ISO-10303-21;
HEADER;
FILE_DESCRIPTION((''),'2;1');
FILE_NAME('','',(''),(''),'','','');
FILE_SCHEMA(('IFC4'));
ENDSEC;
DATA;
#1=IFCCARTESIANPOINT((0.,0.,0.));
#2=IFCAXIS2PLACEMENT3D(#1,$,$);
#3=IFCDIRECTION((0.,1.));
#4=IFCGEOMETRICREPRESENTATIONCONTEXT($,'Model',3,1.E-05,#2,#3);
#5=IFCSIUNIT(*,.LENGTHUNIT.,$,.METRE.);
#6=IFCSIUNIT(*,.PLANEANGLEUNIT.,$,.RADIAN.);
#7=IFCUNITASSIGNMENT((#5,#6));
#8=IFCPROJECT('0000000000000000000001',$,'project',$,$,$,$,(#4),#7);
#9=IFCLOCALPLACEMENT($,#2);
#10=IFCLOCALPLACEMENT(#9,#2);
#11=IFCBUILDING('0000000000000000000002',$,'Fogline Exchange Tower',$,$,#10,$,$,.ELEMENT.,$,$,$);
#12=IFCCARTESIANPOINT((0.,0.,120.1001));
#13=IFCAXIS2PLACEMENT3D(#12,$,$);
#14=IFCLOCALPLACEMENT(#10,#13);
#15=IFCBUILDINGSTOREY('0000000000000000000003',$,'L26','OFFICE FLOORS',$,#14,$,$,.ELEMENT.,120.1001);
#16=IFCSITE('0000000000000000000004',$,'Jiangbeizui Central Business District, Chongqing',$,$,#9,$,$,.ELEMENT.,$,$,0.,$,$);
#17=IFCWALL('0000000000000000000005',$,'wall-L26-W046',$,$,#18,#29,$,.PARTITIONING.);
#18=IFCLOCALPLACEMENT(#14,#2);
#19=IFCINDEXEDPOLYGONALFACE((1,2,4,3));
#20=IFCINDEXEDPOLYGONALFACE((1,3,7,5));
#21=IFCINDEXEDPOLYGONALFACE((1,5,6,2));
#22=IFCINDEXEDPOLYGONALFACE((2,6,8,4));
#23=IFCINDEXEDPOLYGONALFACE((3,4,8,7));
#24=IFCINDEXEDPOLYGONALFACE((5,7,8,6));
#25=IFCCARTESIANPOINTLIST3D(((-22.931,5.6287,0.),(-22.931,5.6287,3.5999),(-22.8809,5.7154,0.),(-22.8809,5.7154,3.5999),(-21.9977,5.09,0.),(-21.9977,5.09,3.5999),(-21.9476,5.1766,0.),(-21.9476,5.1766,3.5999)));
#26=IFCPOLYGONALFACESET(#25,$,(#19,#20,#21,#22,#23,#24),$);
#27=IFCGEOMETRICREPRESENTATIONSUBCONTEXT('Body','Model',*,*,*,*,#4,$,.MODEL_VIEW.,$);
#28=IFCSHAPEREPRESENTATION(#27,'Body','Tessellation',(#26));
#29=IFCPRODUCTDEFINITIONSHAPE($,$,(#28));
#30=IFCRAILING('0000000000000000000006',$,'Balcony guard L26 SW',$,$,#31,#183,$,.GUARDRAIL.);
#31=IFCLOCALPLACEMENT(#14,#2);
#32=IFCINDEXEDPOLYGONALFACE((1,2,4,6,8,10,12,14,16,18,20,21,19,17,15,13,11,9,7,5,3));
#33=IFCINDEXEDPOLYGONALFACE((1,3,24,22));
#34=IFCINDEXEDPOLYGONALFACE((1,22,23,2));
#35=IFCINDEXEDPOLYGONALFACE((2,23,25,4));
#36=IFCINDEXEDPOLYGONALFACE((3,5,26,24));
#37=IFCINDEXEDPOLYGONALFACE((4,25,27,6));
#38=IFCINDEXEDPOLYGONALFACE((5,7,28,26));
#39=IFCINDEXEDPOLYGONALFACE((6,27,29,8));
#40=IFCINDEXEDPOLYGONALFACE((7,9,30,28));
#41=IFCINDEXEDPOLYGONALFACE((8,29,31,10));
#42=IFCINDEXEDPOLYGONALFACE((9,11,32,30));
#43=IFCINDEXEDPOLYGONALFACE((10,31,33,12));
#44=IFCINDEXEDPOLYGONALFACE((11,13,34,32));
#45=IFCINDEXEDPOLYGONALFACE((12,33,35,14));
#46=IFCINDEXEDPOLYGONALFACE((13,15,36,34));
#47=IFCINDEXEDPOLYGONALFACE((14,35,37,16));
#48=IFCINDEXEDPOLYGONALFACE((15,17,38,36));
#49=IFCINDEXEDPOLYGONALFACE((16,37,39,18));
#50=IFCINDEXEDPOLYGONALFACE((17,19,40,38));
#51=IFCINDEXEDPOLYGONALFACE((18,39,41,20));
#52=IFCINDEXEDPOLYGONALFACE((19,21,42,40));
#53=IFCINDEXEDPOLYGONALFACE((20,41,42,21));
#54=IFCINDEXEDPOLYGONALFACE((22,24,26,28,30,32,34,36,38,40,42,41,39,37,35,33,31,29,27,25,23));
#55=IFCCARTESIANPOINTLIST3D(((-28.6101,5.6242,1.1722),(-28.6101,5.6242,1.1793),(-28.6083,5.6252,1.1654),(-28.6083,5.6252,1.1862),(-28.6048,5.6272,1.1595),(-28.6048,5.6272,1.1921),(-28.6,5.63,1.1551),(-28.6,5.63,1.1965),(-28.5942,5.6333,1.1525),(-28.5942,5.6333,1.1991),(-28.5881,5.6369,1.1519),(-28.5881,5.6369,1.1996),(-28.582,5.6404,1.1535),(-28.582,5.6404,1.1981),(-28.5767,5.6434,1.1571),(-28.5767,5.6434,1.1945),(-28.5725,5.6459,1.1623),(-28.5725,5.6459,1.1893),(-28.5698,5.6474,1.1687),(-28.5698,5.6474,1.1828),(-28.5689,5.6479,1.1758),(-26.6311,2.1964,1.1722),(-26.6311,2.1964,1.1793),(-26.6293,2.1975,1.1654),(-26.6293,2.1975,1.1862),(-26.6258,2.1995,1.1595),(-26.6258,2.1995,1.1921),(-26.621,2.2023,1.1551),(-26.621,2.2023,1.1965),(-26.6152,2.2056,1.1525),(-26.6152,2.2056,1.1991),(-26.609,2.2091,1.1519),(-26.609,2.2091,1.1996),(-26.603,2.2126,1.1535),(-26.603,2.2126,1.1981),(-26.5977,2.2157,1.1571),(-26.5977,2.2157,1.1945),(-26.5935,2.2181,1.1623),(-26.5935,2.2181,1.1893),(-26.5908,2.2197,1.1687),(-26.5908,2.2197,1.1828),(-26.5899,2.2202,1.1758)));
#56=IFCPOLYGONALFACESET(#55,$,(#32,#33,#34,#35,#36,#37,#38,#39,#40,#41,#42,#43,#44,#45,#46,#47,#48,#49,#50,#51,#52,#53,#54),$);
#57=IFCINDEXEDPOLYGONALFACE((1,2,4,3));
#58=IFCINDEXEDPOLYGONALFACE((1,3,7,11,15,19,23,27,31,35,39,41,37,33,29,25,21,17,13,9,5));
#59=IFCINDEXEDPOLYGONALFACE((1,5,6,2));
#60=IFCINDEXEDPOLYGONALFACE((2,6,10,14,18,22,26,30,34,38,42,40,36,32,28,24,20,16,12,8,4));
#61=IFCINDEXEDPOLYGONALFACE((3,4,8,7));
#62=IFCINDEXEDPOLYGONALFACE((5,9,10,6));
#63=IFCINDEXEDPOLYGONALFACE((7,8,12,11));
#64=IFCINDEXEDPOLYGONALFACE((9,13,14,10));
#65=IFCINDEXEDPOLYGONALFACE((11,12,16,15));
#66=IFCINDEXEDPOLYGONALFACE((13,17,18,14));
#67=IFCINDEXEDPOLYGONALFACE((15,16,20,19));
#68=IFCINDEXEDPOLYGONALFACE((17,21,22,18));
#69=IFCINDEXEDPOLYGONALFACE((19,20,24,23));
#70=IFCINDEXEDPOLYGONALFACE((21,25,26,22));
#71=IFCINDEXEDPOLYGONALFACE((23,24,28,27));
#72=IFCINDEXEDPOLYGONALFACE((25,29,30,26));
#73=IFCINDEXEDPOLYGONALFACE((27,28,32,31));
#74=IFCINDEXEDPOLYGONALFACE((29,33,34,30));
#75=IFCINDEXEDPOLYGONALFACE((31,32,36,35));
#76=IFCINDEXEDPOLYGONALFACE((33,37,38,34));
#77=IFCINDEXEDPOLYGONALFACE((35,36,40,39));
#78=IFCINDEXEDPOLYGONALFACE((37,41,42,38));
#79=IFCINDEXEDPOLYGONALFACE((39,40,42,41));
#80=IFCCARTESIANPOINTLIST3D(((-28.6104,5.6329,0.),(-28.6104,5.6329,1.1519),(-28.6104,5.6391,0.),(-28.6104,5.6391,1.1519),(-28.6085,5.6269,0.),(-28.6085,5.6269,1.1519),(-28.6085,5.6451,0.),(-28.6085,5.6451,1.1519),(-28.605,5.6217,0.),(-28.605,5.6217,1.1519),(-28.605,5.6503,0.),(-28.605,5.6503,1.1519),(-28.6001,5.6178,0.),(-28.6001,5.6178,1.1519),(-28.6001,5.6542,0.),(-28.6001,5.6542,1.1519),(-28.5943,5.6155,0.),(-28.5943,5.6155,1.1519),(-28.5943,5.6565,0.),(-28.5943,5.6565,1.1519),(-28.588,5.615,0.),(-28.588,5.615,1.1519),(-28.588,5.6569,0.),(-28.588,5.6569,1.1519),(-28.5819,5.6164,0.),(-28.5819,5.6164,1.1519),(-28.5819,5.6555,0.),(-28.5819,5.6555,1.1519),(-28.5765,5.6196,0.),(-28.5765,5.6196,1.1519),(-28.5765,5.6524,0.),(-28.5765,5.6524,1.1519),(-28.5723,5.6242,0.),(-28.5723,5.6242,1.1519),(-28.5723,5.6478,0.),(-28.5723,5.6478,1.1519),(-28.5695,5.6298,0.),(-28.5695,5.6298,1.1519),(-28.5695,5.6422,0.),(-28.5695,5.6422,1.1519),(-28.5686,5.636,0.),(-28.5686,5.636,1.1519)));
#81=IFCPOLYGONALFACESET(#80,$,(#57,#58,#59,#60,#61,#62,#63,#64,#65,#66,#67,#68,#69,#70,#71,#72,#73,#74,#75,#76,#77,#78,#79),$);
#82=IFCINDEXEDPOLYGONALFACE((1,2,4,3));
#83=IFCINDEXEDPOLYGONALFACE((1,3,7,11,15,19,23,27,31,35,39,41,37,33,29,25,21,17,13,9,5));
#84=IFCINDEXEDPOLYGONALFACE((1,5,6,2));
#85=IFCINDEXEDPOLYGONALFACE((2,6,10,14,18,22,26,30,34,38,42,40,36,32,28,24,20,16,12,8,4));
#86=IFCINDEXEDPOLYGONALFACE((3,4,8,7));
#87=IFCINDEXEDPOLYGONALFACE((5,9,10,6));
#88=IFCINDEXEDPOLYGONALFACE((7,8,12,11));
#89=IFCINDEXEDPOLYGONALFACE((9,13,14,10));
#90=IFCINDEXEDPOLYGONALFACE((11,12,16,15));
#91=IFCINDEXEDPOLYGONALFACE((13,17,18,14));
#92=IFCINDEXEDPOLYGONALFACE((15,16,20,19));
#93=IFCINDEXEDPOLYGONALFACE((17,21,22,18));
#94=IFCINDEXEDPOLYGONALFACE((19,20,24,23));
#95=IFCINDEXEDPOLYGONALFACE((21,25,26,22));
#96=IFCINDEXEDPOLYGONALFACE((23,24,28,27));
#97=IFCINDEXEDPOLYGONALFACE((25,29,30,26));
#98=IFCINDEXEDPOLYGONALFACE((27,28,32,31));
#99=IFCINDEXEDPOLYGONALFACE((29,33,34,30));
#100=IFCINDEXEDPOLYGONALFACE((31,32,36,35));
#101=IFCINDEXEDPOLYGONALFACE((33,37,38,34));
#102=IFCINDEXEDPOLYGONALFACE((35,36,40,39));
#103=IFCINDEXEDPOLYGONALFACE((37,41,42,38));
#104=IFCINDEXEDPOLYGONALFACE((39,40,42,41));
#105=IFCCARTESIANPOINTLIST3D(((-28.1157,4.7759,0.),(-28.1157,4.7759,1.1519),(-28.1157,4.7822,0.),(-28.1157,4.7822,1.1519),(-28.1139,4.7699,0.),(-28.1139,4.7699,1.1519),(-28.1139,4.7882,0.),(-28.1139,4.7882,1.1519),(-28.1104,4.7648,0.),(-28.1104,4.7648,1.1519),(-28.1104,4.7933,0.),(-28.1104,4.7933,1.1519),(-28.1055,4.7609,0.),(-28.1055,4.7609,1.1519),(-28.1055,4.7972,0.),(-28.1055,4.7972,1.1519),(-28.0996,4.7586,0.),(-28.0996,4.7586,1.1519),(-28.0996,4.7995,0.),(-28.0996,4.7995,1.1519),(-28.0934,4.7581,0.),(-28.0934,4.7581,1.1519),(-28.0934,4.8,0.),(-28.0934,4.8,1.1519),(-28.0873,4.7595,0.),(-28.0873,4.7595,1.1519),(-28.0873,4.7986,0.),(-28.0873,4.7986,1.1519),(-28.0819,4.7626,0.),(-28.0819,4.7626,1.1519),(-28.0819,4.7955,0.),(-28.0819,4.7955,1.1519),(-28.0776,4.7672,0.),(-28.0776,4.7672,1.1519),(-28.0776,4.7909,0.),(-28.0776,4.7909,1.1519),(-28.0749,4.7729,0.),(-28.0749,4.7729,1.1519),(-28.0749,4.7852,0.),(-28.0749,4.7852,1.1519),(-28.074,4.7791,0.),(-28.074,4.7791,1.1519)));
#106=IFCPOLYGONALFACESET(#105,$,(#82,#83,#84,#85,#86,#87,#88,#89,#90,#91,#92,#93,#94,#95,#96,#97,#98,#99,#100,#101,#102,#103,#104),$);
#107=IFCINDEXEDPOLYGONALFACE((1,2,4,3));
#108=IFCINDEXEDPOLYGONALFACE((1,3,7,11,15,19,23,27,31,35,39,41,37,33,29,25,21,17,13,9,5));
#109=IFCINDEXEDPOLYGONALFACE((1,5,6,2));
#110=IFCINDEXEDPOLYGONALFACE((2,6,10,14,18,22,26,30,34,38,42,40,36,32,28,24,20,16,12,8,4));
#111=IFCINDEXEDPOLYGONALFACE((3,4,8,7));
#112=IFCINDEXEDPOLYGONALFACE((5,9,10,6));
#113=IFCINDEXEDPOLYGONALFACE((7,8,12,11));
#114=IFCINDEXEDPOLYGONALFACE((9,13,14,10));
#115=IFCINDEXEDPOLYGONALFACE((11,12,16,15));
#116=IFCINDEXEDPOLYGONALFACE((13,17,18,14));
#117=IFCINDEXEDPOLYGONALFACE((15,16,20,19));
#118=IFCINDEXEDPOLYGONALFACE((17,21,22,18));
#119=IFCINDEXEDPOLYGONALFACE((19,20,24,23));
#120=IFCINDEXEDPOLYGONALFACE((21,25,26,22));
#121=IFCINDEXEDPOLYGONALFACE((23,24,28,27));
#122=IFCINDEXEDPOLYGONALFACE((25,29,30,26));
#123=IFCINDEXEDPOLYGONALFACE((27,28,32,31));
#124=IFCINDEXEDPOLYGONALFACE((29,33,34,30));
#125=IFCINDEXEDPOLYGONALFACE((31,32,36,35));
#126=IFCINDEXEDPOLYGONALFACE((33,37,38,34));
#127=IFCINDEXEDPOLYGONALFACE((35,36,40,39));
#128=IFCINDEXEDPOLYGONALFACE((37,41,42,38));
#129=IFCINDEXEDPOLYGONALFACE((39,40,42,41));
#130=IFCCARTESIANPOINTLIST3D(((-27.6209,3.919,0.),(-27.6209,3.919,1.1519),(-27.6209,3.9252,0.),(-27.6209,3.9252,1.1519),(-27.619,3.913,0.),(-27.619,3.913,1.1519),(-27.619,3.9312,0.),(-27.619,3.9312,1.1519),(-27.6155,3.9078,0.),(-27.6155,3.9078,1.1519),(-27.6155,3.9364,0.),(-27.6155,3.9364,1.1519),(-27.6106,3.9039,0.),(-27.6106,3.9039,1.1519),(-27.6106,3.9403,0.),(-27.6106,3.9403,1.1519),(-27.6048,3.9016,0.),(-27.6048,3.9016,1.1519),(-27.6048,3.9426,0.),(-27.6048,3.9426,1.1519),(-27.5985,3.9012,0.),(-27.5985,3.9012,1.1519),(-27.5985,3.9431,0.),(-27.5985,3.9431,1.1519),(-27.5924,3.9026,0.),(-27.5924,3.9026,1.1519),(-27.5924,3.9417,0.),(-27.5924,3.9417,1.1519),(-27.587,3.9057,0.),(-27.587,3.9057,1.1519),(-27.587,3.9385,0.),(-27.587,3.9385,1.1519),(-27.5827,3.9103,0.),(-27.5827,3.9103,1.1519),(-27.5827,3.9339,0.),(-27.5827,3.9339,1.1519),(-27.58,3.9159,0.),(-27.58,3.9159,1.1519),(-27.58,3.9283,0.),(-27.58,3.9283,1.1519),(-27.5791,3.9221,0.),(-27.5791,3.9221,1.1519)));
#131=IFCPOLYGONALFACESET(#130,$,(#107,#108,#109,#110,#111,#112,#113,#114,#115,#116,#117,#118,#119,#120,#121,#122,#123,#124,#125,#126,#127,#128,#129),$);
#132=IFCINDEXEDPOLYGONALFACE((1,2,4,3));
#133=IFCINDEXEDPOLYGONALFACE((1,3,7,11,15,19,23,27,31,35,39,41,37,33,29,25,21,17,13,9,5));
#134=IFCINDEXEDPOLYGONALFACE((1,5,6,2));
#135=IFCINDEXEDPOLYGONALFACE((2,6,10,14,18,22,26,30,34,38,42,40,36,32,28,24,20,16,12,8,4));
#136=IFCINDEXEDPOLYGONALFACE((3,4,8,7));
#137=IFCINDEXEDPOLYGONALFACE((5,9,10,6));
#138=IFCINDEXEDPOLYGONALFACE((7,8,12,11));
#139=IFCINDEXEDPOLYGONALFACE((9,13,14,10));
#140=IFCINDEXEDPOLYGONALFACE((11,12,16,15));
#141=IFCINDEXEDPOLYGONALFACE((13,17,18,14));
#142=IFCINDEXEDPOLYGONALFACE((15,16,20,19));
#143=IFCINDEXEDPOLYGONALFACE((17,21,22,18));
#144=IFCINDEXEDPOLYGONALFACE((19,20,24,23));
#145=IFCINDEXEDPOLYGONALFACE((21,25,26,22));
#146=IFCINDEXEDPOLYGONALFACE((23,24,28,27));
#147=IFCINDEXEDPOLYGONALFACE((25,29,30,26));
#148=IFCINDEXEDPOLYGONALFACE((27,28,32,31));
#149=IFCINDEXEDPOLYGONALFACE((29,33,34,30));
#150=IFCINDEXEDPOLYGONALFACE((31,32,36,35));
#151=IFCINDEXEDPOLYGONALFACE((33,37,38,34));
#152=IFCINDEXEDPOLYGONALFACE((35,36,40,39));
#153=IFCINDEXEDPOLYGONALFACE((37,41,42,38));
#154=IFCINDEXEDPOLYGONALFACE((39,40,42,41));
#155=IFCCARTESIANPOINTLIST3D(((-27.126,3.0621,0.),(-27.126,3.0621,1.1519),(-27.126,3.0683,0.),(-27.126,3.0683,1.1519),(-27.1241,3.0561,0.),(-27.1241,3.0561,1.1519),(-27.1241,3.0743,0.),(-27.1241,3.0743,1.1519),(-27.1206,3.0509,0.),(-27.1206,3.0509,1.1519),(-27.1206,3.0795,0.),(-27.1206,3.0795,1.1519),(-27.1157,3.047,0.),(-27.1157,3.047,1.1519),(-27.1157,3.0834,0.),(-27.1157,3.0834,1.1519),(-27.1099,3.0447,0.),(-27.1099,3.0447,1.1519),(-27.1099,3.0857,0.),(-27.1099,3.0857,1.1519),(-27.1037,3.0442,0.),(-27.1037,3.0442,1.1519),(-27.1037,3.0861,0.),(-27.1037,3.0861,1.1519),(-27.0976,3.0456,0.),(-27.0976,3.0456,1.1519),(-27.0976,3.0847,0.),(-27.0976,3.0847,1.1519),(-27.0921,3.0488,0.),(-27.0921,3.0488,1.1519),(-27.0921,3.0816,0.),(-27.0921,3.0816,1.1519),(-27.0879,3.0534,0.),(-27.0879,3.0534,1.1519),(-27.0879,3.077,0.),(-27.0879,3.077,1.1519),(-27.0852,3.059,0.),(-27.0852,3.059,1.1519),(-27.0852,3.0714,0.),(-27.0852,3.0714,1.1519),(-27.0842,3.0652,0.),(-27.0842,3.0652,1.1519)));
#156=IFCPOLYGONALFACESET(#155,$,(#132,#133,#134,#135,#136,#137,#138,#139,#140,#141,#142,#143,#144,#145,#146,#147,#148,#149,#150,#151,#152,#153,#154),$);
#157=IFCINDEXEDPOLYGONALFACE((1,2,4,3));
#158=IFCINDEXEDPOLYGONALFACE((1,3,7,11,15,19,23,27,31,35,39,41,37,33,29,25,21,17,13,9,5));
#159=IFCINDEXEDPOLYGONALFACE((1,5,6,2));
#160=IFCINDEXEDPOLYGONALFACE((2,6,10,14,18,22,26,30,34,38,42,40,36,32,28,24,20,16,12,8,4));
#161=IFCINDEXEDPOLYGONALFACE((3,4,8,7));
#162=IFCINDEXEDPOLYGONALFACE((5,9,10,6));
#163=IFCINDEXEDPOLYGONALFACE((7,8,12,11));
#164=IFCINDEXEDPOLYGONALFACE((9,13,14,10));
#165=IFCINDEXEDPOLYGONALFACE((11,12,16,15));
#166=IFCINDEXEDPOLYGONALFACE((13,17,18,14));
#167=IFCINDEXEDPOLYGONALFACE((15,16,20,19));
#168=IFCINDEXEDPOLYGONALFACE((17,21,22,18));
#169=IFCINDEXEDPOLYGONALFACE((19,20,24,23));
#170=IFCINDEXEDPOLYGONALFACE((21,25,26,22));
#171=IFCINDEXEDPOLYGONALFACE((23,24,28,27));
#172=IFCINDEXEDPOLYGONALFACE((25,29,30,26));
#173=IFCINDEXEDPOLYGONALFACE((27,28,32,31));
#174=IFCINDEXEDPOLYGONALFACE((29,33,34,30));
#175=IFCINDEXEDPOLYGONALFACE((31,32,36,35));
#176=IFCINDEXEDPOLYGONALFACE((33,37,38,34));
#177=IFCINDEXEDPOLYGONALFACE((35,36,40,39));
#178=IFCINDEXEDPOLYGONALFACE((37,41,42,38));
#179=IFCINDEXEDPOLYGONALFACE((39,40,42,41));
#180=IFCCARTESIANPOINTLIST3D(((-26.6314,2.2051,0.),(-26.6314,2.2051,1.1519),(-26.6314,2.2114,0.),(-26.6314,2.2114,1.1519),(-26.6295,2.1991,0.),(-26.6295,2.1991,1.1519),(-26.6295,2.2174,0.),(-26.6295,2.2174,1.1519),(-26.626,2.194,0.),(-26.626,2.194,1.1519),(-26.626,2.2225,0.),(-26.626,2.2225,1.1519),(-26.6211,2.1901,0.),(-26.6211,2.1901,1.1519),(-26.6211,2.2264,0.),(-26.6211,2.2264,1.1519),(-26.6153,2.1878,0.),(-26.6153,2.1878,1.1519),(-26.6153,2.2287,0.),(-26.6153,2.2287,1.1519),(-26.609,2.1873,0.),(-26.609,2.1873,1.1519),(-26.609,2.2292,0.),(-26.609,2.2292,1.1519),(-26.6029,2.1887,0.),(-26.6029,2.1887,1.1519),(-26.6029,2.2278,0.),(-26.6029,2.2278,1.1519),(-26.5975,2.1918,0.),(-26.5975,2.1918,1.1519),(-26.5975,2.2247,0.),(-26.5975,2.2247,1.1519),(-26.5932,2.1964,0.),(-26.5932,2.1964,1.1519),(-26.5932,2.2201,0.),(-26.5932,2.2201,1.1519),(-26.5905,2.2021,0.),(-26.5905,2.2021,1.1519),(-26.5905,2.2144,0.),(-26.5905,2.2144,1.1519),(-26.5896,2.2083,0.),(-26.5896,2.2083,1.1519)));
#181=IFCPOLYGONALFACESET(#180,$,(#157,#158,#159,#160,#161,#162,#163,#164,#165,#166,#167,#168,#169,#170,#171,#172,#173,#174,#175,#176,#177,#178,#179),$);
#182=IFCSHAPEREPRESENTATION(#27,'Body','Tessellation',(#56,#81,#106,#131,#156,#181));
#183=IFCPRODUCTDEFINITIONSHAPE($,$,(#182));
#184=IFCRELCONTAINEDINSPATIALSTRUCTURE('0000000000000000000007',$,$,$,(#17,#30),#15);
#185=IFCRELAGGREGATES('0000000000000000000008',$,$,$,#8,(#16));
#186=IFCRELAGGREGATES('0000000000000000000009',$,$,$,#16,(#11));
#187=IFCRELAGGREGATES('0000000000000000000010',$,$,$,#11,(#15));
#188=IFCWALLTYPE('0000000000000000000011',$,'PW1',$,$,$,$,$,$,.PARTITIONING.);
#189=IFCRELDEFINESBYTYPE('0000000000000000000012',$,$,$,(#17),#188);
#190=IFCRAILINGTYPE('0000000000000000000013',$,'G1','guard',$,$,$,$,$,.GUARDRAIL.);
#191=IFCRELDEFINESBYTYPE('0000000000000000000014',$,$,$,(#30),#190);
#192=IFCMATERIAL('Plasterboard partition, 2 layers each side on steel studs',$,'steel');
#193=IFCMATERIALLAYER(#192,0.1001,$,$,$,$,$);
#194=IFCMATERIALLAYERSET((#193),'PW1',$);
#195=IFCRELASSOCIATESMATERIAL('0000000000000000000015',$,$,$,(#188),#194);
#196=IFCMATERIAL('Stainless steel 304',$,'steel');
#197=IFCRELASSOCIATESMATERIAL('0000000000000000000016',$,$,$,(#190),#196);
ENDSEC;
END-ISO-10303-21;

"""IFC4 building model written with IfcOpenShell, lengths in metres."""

from ifc_helpers import new_model, si_unit, direction, frame, frame_2d, origin, origin_2d, place, context, subcontext, project, spatial, rectangle, circle, extrude, material, layer, layer_set, type_object, element, save


model = new_model("IFC4")

# Units and contexts
model_context = context("Model", 3, precision=1e-05, world=origin(), true_north=direction((0.0, 1.0)))
body_context = subcontext(model_context, "Body", "Model", "MODEL_VIEW")
ifc_project = project(units=[si_unit("LENGTHUNIT", "METRE"), si_unit("PLANEANGLEUNIT", "RADIAN")], contexts=[model_context])

# Site, building, storey
site_placement = place(None, origin())
site = spatial("IfcSite", under=ifc_project, at=site_placement, Name="Jiangbeizui Central Business District, Chongqing", CompositionType="ELEMENT", RefElevation=0.0)
building_placement = place(site_placement, origin())
building = spatial("IfcBuilding", under=site, at=building_placement, Name="Fogline Exchange Tower", CompositionType="ELEMENT")
storey_placement = place(building_placement, frame((0.0, 0.0, 120.1001)))
storey = spatial("IfcBuildingStorey", under=building, at=storey_placement, Name="L26", Description="OFFICE FLOORS", CompositionType="ELEMENT", Elevation=120.1001)

# Wall
ifc_material_1 = material(Name="Plasterboard partition, 2 layers each side on steel studs", Category="steel")
ifc_layer_1 = layer(ifc_material_1, 0.1001)
ifc_layer_set_1 = layer_set([ifc_layer_1], Name="PW1")
wall_type_1 = type_object("IfcWallType", Name="PW1", PredefinedType="PARTITIONING", material=ifc_layer_set_1)
wall_1_placement = place(storey_placement, frame((-21.9727, 5.1333, 0.0), z_axis=(0.0, 0.0, 1.0), x_axis=(-0.866046, 0.499964, 0.0)))
element("IfcWall", 1, at=wall_1_placement, inside=storey, type_object=wall_type_1, Name="wall-L26-W046", PredefinedType="PARTITIONING", context=body_context, shape_type="SweptSolid", body=[
    extrude(rectangle(XDim=1.0776, YDim=0.1001, at=frame_2d((0.5388, 0.0))), origin(), (0.0, 0.0, 1.0), 3.5999),
])

# Railing
ifc_material_2 = material(Name="Stainless steel 304", Category="steel")
railing_type = type_object("IfcRailingType", Name="G1", Description="guard", PredefinedType="GUARDRAIL", material=ifc_material_2)
railing_placement = place(storey_placement, frame((-28.5896, 5.636, 0.0)))
element("IfcRailing", 2, at=railing_placement, inside=storey, type_object=railing_type, Name="Balcony guard L26 SW", PredefinedType="GUARDRAIL", context=body_context, shape_type="SweptSolid", body=[
    extrude(circle(Radius=0.0239, at=origin_2d()), frame((0.0, 0.0, 1.1758), z_axis=(0.5, -0.866025, 0.0), x_axis=(0.866025, 0.5, 0.0)), (0.0, 0.0, 1.0), 3.958),
    extrude(circle(Radius=0.021, at=origin_2d()), origin(), (0.0, 0.0, 1.0), 1.1519),
    extrude(circle(Radius=0.021, at=origin_2d()), frame((0.4946, -0.8569, 0.0)), (0.0, 0.0, 1.0), 1.1519),
    extrude(circle(Radius=0.021, at=origin_2d()), frame((0.9895, -1.7139, 0.0)), (0.0, 0.0, 1.0), 1.1519),
    extrude(circle(Radius=0.021, at=origin_2d()), frame((1.4844, -2.5708, 0.0)), (0.0, 0.0, 1.0), 1.1519),
    extrude(circle(Radius=0.021, at=origin_2d()), frame((1.979, -3.4277, 0.0)), (0.0, 0.0, 1.0), 1.1519),
])

save(model, "model.ifc")
